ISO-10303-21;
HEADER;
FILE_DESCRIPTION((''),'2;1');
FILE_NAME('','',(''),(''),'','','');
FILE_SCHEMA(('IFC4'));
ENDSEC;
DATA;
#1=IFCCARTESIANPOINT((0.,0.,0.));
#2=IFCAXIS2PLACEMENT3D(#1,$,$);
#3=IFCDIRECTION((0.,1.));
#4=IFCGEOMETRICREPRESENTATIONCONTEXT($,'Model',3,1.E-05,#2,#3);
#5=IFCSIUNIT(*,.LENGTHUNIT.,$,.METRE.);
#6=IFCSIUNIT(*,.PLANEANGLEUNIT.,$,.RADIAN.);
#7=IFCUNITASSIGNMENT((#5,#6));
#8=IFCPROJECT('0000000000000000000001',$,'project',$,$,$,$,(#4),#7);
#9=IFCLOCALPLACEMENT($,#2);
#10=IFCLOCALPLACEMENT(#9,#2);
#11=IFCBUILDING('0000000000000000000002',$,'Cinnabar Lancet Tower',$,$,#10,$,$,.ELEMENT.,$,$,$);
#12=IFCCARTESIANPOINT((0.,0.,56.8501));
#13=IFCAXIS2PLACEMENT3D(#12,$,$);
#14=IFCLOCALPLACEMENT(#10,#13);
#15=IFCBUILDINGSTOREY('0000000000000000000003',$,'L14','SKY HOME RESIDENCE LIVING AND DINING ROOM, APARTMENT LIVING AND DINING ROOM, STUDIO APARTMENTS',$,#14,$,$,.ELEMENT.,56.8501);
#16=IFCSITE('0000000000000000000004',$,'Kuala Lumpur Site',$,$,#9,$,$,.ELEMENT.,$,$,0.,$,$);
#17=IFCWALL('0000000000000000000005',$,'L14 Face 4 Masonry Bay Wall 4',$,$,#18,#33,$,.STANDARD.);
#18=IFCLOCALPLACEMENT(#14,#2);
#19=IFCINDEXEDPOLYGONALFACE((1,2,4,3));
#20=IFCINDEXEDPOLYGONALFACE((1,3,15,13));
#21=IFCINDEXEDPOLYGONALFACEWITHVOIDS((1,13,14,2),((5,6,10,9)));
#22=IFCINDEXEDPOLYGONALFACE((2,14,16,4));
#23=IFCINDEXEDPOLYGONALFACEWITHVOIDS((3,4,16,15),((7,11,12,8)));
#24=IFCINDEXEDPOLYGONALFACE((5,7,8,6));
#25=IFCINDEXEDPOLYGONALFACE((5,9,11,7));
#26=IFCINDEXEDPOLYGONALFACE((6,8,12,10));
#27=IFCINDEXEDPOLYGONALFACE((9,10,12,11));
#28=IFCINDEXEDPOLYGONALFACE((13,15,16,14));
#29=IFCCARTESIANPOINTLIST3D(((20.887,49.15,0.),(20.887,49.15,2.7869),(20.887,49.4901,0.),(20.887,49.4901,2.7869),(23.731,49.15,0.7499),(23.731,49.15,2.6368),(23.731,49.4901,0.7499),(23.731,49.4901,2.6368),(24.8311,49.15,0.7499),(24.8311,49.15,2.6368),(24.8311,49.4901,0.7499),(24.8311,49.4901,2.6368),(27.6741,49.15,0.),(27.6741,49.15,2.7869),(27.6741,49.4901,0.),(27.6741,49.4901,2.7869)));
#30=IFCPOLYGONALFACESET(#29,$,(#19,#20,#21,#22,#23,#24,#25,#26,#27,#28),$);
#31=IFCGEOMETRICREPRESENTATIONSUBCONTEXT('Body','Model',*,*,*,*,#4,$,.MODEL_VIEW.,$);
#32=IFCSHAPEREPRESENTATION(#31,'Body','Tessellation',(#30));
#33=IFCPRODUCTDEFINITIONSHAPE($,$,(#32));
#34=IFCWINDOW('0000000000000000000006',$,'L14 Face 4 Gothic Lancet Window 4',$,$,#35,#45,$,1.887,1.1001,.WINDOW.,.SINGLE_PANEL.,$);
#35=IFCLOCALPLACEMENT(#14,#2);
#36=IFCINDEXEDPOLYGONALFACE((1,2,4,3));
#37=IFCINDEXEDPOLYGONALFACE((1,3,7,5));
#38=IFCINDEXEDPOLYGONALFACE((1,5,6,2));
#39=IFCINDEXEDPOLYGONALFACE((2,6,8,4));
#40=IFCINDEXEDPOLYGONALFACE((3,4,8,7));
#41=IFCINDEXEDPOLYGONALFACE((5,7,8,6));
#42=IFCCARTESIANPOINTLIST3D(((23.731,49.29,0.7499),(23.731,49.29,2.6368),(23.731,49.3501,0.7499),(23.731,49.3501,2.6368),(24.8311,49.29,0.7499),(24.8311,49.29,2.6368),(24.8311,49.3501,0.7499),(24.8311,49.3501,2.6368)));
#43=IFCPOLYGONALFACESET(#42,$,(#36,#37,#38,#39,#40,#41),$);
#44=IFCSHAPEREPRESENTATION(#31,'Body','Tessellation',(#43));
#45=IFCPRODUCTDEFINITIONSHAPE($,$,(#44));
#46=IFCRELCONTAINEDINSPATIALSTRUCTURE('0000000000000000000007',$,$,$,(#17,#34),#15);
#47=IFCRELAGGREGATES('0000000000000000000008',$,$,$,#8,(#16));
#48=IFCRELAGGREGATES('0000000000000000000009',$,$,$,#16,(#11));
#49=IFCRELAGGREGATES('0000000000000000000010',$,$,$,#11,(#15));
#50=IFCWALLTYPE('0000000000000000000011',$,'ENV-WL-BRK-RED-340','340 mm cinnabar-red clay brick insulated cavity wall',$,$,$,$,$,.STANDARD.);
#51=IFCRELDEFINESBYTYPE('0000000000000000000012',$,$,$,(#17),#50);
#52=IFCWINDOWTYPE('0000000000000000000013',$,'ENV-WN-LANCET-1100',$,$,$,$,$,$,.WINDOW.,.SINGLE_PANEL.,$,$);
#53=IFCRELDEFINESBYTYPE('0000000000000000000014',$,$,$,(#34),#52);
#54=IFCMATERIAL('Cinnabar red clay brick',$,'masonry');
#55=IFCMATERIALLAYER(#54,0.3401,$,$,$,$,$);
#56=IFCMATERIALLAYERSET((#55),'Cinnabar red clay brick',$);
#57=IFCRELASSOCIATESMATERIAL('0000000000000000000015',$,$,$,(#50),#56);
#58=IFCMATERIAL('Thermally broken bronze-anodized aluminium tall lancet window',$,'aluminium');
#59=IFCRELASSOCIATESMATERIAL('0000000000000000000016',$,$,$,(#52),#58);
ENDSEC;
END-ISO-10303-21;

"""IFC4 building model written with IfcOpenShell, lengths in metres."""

from ifc_helpers import new_model, si_unit, direction, frame, frame_2d, origin, place, context, subcontext, project, spatial, rectangle, extrude, material, layer, layer_set, type_object, element, fill, save


model = new_model("IFC4")

# Units and contexts
model_context = context("Model", 3, precision=1e-05, world=origin(), true_north=direction((0.0, 1.0)))
body_context = subcontext(model_context, "Body", "Model", "MODEL_VIEW")
ifc_project = project(units=[si_unit("LENGTHUNIT", "METRE"), si_unit("PLANEANGLEUNIT", "RADIAN")], contexts=[model_context])

# Site, building, storey
site_placement = place(None, origin())
site = spatial("IfcSite", under=ifc_project, at=site_placement, Name="Kuala Lumpur Site", CompositionType="ELEMENT", RefElevation=0.0)
building_placement = place(site_placement, origin())
building = spatial("IfcBuilding", under=site, at=building_placement, Name="Cinnabar Lancet Tower", CompositionType="ELEMENT")
storey_placement = place(building_placement, frame((0.0, 0.0, 56.8501)))
storey = spatial("IfcBuildingStorey", under=building, at=storey_placement, Name="L14", Description="SKY HOME RESIDENCE LIVING AND DINING ROOM, APARTMENT LIVING AND DINING ROOM, STUDIO APARTMENTS", CompositionType="ELEMENT", Elevation=56.8501)

# Wall, opening, window
ifc_material_1 = material(Name="Cinnabar red clay brick", Category="masonry")
ifc_layer_1 = layer(ifc_material_1, 0.3401)
ifc_layer_set_1 = layer_set([ifc_layer_1], Name="Cinnabar red clay brick")
wall_type_1 = type_object("IfcWallType", Name="ENV-WL-BRK-RED-340", Description="340 mm cinnabar-red clay brick insulated cavity wall", PredefinedType="STANDARD", material=ifc_layer_set_1)
wall_1_placement = place(storey_placement, frame((27.6741, 49.3201, 0.0), z_axis=(0.0, 0.0, 1.0), x_axis=(-1.0, 0.0, 0.0)))
wall_1 = element("IfcWall", 1, at=wall_1_placement, inside=storey, type_object=wall_type_1, Name="L14 Face 4 Masonry Bay Wall 4", PredefinedType="STANDARD", context=body_context, shape_type="SweptSolid", body=[
    extrude(rectangle(XDim=6.7871, YDim=0.3401, at=frame_2d((3.3936, 0.0))), origin(), (0.0, 0.0, 1.0), 2.7869),
])
opening_1_placement = place(wall_1_placement, frame((2.843, 0.0, 0.75)))
opening_1 = element("IfcOpeningElement", 2, at=opening_1_placement, cuts=wall_1, PredefinedType="OPENING", context=body_context, shape_type="SweptSolid", body=[
    extrude(rectangle(XDim=1.1001, YDim=1.887, at=frame_2d((0.55, 0.9434))), frame((0.0, 0.1799, 0.0), z_axis=(0.0, -1.0, 0.0), x_axis=(1.0, 0.0, 0.0)), (0.0, 0.0, 1.0), 0.3601),
])
ifc_material_2 = material(Name="Thermally broken bronze-anodized aluminium tall lancet window", Category="aluminium")
window_type = type_object("IfcWindowType", Name="ENV-WN-LANCET-1100", PartitioningType="SINGLE_PANEL", PredefinedType="WINDOW", material=ifc_material_2)
window_placement = place(opening_1_placement, origin())
window = element("IfcWindow", 3, at=window_placement, inside=storey, type_object=window_type, Name="L14 Face 4 Gothic Lancet Window 4", OverallHeight=1.887, OverallWidth=1.1001, PartitioningType="SINGLE_PANEL", PredefinedType="WINDOW", context=body_context, shape_type="SweptSolid", body=[
    extrude(rectangle(XDim=1.1001, YDim=1.887, at=frame_2d((0.55, 0.9434))), frame((0.0, 0.03, 0.0), z_axis=(0.0, -1.0, 0.0), x_axis=(1.0, 0.0, 0.0)), (0.0, 0.0, 1.0), 0.0601),
])
fill(opening_1, window)

save(model, "model.ifc")
